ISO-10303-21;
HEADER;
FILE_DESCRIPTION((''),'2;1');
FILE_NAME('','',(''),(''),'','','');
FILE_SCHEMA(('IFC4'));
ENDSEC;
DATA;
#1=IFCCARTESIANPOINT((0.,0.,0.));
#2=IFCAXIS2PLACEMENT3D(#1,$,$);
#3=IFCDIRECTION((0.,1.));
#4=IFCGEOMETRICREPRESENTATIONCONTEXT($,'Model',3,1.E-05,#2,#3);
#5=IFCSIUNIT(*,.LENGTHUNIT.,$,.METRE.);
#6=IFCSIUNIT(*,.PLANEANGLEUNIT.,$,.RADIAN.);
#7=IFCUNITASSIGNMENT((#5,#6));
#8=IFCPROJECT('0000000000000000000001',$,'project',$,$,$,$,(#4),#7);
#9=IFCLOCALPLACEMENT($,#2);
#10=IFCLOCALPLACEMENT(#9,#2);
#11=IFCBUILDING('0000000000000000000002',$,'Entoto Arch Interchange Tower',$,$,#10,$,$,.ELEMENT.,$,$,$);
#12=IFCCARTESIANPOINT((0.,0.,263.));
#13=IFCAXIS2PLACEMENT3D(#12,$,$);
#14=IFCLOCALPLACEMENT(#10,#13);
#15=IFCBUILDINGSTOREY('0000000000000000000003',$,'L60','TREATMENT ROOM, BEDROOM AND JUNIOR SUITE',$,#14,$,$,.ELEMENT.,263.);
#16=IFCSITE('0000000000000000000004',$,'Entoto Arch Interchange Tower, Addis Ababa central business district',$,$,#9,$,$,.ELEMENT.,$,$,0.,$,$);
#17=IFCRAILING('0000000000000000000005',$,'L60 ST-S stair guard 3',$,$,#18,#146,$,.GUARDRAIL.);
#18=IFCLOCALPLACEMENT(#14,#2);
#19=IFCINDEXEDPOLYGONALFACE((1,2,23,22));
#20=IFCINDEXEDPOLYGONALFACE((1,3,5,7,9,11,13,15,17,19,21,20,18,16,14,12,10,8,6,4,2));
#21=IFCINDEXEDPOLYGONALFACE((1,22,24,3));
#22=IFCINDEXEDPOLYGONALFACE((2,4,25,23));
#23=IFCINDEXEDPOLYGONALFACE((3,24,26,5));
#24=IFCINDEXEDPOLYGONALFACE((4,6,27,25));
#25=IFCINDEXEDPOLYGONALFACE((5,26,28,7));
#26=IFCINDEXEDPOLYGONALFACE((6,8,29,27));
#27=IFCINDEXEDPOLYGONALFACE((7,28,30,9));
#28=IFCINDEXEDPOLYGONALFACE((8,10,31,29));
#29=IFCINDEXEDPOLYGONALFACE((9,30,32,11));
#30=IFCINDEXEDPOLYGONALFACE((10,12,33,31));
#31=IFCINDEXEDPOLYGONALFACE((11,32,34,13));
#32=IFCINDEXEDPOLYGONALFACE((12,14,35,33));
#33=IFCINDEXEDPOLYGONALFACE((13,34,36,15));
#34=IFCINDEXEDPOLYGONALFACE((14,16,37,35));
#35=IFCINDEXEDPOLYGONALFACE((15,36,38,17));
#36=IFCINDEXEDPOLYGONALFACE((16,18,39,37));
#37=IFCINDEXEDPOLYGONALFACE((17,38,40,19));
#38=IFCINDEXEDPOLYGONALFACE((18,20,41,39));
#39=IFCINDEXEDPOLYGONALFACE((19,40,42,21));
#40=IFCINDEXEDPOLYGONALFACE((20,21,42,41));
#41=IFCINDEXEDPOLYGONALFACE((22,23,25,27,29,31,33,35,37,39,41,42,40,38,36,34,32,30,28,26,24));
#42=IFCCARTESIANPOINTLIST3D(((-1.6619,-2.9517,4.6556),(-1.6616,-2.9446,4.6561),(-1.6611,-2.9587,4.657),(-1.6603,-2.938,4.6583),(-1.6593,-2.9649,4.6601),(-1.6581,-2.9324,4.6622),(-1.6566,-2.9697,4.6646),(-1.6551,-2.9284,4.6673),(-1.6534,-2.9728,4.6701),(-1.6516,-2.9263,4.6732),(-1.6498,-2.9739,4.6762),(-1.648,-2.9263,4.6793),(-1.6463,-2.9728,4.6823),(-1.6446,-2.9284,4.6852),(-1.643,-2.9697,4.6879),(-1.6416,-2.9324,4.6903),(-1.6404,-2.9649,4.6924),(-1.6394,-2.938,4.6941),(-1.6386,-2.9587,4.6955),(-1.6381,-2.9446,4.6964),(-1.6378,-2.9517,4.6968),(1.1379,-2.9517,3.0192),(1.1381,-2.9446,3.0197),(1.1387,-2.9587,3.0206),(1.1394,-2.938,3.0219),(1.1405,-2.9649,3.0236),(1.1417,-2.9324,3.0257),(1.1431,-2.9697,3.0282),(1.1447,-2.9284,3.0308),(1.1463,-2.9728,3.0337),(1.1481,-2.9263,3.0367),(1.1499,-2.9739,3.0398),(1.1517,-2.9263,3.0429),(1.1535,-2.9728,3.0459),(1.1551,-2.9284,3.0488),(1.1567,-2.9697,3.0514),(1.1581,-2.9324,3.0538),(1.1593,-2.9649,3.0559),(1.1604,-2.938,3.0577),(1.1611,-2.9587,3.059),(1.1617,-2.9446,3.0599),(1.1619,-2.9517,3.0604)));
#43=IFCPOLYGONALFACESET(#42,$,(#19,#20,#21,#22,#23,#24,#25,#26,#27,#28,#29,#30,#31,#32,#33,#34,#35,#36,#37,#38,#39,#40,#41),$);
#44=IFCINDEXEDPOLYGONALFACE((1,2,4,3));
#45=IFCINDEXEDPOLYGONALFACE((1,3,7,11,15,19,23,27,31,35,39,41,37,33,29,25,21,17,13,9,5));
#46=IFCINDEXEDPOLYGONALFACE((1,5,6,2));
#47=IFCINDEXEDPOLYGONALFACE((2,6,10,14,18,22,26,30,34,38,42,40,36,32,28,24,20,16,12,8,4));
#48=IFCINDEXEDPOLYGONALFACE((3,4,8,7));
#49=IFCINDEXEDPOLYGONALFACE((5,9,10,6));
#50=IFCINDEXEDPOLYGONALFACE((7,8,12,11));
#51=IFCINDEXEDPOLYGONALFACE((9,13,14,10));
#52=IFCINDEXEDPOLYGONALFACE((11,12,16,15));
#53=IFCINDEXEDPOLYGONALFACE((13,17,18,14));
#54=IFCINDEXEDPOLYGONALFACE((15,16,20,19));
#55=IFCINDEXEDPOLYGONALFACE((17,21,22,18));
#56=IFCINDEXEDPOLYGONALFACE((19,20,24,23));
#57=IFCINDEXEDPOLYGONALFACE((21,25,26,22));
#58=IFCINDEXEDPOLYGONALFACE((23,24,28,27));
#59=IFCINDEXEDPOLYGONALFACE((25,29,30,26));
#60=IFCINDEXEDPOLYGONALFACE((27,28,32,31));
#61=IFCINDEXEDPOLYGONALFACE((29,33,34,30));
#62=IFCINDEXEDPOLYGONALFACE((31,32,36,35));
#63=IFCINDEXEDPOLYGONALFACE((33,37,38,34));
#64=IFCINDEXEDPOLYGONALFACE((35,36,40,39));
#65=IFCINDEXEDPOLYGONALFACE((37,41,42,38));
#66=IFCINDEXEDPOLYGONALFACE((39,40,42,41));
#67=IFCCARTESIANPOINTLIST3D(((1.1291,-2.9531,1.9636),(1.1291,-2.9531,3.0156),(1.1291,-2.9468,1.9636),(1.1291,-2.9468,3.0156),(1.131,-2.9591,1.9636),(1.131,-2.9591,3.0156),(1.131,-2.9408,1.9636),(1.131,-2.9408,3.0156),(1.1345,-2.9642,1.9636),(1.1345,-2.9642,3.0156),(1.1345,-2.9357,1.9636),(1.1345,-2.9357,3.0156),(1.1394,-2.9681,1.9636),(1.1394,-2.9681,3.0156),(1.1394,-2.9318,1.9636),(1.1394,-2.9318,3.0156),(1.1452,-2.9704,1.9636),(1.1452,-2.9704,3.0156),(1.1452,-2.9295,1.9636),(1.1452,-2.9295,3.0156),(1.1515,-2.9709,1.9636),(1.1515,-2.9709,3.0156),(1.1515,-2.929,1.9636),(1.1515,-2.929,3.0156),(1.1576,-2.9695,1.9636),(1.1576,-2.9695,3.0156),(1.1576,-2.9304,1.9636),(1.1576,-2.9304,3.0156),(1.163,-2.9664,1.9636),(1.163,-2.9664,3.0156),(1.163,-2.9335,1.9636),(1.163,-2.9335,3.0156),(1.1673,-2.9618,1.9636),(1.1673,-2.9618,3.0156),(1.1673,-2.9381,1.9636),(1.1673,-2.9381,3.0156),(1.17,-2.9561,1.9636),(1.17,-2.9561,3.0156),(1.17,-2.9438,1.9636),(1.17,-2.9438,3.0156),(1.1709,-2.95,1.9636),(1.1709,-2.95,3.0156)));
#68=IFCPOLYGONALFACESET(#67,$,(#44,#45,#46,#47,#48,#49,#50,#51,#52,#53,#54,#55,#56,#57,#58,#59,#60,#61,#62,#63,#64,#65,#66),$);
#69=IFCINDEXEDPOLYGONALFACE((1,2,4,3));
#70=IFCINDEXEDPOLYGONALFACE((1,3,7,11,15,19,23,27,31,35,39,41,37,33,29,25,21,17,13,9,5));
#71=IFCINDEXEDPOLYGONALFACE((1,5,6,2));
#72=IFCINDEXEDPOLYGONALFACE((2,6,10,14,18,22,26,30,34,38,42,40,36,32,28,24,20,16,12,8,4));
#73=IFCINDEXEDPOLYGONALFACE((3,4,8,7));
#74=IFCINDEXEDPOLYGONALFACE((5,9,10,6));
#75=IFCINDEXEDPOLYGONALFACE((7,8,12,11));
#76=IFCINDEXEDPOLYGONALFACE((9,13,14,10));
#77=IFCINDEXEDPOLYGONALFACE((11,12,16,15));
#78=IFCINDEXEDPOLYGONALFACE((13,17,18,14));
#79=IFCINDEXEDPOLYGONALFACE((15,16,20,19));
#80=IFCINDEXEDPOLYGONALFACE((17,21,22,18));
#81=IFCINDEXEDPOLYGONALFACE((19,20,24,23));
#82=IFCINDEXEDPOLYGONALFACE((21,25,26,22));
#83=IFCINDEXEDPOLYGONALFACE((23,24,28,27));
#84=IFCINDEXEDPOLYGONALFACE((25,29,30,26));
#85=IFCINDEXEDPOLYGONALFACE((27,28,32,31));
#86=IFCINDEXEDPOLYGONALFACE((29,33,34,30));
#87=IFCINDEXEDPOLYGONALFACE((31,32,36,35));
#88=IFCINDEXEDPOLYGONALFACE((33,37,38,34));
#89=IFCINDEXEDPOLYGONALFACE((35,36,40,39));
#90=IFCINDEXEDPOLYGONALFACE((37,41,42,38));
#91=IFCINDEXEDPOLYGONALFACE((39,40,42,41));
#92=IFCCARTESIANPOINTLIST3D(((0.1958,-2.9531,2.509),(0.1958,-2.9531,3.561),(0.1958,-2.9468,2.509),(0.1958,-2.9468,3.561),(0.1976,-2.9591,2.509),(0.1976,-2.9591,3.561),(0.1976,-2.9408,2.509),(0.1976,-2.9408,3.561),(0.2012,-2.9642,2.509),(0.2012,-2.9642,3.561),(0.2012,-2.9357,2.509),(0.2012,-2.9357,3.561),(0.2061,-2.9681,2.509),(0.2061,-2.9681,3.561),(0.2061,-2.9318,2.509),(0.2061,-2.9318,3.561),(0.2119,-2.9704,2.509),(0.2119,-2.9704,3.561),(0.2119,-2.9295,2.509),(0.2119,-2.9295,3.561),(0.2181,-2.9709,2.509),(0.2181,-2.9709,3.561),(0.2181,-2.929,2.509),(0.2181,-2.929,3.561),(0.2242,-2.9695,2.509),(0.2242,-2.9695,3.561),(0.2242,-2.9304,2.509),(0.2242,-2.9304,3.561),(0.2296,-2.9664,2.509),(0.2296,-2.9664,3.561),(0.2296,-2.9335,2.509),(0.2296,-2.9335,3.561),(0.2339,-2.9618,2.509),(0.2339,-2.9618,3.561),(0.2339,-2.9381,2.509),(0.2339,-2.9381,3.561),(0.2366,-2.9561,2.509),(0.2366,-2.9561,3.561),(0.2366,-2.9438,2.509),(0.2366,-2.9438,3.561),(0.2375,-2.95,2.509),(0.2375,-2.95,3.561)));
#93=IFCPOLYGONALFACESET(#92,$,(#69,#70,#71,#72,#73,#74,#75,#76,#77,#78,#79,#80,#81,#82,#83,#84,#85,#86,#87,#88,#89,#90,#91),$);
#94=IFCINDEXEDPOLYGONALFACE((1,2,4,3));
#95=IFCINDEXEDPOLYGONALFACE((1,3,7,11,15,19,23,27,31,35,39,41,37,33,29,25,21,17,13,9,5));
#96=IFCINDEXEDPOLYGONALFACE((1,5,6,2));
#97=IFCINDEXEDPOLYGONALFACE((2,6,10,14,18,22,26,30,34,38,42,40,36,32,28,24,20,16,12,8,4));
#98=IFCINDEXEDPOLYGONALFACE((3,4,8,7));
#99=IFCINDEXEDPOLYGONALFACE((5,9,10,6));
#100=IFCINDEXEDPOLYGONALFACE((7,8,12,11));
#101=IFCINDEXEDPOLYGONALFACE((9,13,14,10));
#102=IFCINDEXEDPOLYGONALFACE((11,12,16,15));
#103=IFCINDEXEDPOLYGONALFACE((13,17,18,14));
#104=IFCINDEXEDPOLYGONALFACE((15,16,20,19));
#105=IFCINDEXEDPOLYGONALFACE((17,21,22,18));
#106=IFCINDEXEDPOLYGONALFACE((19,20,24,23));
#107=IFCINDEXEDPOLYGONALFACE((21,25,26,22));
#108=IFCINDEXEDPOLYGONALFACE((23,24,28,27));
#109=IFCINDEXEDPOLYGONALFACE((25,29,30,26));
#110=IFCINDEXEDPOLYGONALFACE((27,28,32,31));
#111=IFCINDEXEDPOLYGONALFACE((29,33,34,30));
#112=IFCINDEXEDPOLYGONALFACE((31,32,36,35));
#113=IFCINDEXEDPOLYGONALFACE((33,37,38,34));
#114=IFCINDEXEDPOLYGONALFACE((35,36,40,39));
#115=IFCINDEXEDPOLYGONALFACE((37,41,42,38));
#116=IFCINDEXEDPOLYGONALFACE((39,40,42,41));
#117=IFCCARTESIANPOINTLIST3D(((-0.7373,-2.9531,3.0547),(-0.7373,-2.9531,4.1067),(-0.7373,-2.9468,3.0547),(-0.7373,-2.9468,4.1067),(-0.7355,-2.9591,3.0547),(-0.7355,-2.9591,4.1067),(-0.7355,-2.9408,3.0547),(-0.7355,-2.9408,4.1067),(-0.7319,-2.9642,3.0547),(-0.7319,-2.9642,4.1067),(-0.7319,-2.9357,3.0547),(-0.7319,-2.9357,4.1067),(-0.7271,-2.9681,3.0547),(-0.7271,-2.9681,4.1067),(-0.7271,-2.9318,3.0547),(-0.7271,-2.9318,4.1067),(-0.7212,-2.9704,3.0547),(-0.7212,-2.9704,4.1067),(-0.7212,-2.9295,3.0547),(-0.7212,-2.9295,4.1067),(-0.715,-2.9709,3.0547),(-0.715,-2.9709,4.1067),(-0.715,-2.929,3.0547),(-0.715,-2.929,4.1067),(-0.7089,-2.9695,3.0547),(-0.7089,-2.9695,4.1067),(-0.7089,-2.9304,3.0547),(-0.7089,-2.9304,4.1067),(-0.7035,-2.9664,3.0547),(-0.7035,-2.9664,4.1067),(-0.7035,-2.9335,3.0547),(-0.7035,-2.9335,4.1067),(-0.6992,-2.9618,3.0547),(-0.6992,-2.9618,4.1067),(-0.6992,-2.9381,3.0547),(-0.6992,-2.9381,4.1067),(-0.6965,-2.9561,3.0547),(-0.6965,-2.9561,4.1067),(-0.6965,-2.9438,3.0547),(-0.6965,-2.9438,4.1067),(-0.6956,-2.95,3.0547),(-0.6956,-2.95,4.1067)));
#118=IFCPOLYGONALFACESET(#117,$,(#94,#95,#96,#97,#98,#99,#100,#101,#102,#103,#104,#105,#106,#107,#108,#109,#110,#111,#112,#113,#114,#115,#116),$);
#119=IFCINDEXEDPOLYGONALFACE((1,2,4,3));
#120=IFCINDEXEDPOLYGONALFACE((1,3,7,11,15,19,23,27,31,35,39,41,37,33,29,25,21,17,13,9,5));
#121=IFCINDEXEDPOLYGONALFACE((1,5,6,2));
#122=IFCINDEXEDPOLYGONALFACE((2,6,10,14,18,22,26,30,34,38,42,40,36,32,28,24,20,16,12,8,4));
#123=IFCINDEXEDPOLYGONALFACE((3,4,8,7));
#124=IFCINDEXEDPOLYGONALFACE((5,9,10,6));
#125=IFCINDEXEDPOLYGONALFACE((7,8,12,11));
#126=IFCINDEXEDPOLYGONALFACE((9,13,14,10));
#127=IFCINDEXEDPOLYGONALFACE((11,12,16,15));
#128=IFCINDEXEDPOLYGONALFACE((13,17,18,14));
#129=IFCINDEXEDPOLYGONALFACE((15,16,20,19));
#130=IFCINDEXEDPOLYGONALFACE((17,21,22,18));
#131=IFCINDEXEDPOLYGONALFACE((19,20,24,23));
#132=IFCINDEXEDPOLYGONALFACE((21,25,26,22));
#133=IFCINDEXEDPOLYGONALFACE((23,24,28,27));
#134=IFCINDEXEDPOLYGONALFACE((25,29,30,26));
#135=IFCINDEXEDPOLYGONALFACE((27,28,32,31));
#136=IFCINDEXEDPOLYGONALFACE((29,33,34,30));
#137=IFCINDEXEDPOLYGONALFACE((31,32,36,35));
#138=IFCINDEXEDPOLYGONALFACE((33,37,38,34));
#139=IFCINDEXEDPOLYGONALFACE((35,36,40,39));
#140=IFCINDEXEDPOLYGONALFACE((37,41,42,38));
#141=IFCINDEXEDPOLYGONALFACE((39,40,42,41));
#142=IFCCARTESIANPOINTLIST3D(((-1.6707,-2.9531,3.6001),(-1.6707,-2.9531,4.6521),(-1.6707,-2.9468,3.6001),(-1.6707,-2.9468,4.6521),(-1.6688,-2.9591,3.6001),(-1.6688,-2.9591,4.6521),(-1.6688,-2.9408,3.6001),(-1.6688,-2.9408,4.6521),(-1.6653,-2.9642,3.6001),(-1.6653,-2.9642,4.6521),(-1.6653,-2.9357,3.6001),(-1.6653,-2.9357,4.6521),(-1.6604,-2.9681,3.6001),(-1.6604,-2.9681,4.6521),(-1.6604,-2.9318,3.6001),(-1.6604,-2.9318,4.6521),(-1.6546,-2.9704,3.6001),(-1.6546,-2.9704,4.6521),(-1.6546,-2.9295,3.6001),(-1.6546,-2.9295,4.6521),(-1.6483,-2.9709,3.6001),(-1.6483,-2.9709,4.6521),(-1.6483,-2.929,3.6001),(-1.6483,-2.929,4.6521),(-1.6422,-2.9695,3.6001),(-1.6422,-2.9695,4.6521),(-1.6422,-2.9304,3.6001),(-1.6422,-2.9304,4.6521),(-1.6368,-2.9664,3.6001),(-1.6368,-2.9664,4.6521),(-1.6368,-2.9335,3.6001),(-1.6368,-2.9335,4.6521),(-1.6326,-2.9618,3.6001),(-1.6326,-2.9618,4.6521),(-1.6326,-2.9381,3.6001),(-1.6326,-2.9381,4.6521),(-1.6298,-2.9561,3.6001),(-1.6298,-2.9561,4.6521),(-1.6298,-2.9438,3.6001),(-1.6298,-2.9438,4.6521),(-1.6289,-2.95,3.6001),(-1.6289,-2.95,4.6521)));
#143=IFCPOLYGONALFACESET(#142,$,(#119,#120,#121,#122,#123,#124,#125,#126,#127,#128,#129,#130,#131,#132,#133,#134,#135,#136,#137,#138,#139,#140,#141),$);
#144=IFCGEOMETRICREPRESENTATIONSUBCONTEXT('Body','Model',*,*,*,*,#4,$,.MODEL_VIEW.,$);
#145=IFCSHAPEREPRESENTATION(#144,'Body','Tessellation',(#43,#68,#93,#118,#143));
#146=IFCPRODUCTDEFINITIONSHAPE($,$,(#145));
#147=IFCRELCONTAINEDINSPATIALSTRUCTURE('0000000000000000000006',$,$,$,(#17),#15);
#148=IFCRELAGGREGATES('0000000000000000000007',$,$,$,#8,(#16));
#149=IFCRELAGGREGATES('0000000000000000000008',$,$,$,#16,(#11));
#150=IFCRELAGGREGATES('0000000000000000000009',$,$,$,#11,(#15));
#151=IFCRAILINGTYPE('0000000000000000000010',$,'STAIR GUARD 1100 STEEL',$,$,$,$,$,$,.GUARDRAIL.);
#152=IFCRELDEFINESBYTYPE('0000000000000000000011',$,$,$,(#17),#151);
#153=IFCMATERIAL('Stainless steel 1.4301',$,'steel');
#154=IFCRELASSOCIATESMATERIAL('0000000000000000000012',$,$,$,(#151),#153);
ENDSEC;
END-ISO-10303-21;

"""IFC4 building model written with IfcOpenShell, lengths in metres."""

from ifc_helpers import new_model, si_unit, direction, frame, origin, origin_2d, place, context, subcontext, project, spatial, circle, extrude, material, type_object, element, save


model = new_model("IFC4")

# Units and contexts
model_context = context("Model", 3, precision=1e-05, world=origin(), true_north=direction((0.0, 1.0)))
body_context = subcontext(model_context, "Body", "Model", "MODEL_VIEW")
ifc_project = project(units=[si_unit("LENGTHUNIT", "METRE"), si_unit("PLANEANGLEUNIT", "RADIAN")], contexts=[model_context])

# Site, building, storey
site_placement = place(None, origin())
site = spatial("IfcSite", under=ifc_project, at=site_placement, Name="Entoto Arch Interchange Tower, Addis Ababa central business district", CompositionType="ELEMENT", RefElevation=0.0)
building_placement = place(site_placement, origin())
building = spatial("IfcBuilding", under=site, at=building_placement, Name="Entoto Arch Interchange Tower", CompositionType="ELEMENT")
storey_placement = place(building_placement, frame((0.0, 0.0, 263.0)))
storey = spatial("IfcBuildingStorey", under=building, at=storey_placement, Name="L60", Description="TREATMENT ROOM, BEDROOM AND JUNIOR SUITE", CompositionType="ELEMENT", Elevation=263.0)

# Railing
ifc_material_1 = material(Name="Stainless steel 1.4301", Category="steel")
railing_type_1 = type_object("IfcRailingType", Name="STAIR GUARD 1100 STEEL", PredefinedType="GUARDRAIL", material=ifc_material_1)
railing_1_placement = place(storey_placement, frame((1.1499, -2.95, 1.9636)))
element("IfcRailing", 1, at=railing_1_placement, inside=storey, type_object=railing_type_1, Name="L60 ST-S stair guard 3", PredefinedType="GUARDRAIL", context=body_context, shape_type="SweptSolid", body=[
    extrude(circle(Radius=0.0239, at=origin_2d()), frame((0.0, 0.0, 1.0762), z_axis=(-0.863342, 0.0, 0.50462), x_axis=(0.0, -1.0, 0.0)), (0.0, 0.0, 1.0), 3.2429),
    extrude(circle(Radius=0.021, at=origin_2d()), origin(), (0.0, 0.0, 1.0), 1.052),
    extrude(circle(Radius=0.021, at=origin_2d()), frame((-0.9333, 0.0, 0.5454)), (0.0, 0.0, 1.0), 1.052),
    extrude(circle(Radius=0.021, at=origin_2d()), frame((-1.8665, 0.0, 1.0911)), (0.0, 0.0, 1.0), 1.052),
    extrude(circle(Radius=0.021, at=origin_2d()), frame((-2.7998, 0.0, 1.6365)), (0.0, 0.0, 1.0), 1.052),
])

save(model, "model.ifc")
